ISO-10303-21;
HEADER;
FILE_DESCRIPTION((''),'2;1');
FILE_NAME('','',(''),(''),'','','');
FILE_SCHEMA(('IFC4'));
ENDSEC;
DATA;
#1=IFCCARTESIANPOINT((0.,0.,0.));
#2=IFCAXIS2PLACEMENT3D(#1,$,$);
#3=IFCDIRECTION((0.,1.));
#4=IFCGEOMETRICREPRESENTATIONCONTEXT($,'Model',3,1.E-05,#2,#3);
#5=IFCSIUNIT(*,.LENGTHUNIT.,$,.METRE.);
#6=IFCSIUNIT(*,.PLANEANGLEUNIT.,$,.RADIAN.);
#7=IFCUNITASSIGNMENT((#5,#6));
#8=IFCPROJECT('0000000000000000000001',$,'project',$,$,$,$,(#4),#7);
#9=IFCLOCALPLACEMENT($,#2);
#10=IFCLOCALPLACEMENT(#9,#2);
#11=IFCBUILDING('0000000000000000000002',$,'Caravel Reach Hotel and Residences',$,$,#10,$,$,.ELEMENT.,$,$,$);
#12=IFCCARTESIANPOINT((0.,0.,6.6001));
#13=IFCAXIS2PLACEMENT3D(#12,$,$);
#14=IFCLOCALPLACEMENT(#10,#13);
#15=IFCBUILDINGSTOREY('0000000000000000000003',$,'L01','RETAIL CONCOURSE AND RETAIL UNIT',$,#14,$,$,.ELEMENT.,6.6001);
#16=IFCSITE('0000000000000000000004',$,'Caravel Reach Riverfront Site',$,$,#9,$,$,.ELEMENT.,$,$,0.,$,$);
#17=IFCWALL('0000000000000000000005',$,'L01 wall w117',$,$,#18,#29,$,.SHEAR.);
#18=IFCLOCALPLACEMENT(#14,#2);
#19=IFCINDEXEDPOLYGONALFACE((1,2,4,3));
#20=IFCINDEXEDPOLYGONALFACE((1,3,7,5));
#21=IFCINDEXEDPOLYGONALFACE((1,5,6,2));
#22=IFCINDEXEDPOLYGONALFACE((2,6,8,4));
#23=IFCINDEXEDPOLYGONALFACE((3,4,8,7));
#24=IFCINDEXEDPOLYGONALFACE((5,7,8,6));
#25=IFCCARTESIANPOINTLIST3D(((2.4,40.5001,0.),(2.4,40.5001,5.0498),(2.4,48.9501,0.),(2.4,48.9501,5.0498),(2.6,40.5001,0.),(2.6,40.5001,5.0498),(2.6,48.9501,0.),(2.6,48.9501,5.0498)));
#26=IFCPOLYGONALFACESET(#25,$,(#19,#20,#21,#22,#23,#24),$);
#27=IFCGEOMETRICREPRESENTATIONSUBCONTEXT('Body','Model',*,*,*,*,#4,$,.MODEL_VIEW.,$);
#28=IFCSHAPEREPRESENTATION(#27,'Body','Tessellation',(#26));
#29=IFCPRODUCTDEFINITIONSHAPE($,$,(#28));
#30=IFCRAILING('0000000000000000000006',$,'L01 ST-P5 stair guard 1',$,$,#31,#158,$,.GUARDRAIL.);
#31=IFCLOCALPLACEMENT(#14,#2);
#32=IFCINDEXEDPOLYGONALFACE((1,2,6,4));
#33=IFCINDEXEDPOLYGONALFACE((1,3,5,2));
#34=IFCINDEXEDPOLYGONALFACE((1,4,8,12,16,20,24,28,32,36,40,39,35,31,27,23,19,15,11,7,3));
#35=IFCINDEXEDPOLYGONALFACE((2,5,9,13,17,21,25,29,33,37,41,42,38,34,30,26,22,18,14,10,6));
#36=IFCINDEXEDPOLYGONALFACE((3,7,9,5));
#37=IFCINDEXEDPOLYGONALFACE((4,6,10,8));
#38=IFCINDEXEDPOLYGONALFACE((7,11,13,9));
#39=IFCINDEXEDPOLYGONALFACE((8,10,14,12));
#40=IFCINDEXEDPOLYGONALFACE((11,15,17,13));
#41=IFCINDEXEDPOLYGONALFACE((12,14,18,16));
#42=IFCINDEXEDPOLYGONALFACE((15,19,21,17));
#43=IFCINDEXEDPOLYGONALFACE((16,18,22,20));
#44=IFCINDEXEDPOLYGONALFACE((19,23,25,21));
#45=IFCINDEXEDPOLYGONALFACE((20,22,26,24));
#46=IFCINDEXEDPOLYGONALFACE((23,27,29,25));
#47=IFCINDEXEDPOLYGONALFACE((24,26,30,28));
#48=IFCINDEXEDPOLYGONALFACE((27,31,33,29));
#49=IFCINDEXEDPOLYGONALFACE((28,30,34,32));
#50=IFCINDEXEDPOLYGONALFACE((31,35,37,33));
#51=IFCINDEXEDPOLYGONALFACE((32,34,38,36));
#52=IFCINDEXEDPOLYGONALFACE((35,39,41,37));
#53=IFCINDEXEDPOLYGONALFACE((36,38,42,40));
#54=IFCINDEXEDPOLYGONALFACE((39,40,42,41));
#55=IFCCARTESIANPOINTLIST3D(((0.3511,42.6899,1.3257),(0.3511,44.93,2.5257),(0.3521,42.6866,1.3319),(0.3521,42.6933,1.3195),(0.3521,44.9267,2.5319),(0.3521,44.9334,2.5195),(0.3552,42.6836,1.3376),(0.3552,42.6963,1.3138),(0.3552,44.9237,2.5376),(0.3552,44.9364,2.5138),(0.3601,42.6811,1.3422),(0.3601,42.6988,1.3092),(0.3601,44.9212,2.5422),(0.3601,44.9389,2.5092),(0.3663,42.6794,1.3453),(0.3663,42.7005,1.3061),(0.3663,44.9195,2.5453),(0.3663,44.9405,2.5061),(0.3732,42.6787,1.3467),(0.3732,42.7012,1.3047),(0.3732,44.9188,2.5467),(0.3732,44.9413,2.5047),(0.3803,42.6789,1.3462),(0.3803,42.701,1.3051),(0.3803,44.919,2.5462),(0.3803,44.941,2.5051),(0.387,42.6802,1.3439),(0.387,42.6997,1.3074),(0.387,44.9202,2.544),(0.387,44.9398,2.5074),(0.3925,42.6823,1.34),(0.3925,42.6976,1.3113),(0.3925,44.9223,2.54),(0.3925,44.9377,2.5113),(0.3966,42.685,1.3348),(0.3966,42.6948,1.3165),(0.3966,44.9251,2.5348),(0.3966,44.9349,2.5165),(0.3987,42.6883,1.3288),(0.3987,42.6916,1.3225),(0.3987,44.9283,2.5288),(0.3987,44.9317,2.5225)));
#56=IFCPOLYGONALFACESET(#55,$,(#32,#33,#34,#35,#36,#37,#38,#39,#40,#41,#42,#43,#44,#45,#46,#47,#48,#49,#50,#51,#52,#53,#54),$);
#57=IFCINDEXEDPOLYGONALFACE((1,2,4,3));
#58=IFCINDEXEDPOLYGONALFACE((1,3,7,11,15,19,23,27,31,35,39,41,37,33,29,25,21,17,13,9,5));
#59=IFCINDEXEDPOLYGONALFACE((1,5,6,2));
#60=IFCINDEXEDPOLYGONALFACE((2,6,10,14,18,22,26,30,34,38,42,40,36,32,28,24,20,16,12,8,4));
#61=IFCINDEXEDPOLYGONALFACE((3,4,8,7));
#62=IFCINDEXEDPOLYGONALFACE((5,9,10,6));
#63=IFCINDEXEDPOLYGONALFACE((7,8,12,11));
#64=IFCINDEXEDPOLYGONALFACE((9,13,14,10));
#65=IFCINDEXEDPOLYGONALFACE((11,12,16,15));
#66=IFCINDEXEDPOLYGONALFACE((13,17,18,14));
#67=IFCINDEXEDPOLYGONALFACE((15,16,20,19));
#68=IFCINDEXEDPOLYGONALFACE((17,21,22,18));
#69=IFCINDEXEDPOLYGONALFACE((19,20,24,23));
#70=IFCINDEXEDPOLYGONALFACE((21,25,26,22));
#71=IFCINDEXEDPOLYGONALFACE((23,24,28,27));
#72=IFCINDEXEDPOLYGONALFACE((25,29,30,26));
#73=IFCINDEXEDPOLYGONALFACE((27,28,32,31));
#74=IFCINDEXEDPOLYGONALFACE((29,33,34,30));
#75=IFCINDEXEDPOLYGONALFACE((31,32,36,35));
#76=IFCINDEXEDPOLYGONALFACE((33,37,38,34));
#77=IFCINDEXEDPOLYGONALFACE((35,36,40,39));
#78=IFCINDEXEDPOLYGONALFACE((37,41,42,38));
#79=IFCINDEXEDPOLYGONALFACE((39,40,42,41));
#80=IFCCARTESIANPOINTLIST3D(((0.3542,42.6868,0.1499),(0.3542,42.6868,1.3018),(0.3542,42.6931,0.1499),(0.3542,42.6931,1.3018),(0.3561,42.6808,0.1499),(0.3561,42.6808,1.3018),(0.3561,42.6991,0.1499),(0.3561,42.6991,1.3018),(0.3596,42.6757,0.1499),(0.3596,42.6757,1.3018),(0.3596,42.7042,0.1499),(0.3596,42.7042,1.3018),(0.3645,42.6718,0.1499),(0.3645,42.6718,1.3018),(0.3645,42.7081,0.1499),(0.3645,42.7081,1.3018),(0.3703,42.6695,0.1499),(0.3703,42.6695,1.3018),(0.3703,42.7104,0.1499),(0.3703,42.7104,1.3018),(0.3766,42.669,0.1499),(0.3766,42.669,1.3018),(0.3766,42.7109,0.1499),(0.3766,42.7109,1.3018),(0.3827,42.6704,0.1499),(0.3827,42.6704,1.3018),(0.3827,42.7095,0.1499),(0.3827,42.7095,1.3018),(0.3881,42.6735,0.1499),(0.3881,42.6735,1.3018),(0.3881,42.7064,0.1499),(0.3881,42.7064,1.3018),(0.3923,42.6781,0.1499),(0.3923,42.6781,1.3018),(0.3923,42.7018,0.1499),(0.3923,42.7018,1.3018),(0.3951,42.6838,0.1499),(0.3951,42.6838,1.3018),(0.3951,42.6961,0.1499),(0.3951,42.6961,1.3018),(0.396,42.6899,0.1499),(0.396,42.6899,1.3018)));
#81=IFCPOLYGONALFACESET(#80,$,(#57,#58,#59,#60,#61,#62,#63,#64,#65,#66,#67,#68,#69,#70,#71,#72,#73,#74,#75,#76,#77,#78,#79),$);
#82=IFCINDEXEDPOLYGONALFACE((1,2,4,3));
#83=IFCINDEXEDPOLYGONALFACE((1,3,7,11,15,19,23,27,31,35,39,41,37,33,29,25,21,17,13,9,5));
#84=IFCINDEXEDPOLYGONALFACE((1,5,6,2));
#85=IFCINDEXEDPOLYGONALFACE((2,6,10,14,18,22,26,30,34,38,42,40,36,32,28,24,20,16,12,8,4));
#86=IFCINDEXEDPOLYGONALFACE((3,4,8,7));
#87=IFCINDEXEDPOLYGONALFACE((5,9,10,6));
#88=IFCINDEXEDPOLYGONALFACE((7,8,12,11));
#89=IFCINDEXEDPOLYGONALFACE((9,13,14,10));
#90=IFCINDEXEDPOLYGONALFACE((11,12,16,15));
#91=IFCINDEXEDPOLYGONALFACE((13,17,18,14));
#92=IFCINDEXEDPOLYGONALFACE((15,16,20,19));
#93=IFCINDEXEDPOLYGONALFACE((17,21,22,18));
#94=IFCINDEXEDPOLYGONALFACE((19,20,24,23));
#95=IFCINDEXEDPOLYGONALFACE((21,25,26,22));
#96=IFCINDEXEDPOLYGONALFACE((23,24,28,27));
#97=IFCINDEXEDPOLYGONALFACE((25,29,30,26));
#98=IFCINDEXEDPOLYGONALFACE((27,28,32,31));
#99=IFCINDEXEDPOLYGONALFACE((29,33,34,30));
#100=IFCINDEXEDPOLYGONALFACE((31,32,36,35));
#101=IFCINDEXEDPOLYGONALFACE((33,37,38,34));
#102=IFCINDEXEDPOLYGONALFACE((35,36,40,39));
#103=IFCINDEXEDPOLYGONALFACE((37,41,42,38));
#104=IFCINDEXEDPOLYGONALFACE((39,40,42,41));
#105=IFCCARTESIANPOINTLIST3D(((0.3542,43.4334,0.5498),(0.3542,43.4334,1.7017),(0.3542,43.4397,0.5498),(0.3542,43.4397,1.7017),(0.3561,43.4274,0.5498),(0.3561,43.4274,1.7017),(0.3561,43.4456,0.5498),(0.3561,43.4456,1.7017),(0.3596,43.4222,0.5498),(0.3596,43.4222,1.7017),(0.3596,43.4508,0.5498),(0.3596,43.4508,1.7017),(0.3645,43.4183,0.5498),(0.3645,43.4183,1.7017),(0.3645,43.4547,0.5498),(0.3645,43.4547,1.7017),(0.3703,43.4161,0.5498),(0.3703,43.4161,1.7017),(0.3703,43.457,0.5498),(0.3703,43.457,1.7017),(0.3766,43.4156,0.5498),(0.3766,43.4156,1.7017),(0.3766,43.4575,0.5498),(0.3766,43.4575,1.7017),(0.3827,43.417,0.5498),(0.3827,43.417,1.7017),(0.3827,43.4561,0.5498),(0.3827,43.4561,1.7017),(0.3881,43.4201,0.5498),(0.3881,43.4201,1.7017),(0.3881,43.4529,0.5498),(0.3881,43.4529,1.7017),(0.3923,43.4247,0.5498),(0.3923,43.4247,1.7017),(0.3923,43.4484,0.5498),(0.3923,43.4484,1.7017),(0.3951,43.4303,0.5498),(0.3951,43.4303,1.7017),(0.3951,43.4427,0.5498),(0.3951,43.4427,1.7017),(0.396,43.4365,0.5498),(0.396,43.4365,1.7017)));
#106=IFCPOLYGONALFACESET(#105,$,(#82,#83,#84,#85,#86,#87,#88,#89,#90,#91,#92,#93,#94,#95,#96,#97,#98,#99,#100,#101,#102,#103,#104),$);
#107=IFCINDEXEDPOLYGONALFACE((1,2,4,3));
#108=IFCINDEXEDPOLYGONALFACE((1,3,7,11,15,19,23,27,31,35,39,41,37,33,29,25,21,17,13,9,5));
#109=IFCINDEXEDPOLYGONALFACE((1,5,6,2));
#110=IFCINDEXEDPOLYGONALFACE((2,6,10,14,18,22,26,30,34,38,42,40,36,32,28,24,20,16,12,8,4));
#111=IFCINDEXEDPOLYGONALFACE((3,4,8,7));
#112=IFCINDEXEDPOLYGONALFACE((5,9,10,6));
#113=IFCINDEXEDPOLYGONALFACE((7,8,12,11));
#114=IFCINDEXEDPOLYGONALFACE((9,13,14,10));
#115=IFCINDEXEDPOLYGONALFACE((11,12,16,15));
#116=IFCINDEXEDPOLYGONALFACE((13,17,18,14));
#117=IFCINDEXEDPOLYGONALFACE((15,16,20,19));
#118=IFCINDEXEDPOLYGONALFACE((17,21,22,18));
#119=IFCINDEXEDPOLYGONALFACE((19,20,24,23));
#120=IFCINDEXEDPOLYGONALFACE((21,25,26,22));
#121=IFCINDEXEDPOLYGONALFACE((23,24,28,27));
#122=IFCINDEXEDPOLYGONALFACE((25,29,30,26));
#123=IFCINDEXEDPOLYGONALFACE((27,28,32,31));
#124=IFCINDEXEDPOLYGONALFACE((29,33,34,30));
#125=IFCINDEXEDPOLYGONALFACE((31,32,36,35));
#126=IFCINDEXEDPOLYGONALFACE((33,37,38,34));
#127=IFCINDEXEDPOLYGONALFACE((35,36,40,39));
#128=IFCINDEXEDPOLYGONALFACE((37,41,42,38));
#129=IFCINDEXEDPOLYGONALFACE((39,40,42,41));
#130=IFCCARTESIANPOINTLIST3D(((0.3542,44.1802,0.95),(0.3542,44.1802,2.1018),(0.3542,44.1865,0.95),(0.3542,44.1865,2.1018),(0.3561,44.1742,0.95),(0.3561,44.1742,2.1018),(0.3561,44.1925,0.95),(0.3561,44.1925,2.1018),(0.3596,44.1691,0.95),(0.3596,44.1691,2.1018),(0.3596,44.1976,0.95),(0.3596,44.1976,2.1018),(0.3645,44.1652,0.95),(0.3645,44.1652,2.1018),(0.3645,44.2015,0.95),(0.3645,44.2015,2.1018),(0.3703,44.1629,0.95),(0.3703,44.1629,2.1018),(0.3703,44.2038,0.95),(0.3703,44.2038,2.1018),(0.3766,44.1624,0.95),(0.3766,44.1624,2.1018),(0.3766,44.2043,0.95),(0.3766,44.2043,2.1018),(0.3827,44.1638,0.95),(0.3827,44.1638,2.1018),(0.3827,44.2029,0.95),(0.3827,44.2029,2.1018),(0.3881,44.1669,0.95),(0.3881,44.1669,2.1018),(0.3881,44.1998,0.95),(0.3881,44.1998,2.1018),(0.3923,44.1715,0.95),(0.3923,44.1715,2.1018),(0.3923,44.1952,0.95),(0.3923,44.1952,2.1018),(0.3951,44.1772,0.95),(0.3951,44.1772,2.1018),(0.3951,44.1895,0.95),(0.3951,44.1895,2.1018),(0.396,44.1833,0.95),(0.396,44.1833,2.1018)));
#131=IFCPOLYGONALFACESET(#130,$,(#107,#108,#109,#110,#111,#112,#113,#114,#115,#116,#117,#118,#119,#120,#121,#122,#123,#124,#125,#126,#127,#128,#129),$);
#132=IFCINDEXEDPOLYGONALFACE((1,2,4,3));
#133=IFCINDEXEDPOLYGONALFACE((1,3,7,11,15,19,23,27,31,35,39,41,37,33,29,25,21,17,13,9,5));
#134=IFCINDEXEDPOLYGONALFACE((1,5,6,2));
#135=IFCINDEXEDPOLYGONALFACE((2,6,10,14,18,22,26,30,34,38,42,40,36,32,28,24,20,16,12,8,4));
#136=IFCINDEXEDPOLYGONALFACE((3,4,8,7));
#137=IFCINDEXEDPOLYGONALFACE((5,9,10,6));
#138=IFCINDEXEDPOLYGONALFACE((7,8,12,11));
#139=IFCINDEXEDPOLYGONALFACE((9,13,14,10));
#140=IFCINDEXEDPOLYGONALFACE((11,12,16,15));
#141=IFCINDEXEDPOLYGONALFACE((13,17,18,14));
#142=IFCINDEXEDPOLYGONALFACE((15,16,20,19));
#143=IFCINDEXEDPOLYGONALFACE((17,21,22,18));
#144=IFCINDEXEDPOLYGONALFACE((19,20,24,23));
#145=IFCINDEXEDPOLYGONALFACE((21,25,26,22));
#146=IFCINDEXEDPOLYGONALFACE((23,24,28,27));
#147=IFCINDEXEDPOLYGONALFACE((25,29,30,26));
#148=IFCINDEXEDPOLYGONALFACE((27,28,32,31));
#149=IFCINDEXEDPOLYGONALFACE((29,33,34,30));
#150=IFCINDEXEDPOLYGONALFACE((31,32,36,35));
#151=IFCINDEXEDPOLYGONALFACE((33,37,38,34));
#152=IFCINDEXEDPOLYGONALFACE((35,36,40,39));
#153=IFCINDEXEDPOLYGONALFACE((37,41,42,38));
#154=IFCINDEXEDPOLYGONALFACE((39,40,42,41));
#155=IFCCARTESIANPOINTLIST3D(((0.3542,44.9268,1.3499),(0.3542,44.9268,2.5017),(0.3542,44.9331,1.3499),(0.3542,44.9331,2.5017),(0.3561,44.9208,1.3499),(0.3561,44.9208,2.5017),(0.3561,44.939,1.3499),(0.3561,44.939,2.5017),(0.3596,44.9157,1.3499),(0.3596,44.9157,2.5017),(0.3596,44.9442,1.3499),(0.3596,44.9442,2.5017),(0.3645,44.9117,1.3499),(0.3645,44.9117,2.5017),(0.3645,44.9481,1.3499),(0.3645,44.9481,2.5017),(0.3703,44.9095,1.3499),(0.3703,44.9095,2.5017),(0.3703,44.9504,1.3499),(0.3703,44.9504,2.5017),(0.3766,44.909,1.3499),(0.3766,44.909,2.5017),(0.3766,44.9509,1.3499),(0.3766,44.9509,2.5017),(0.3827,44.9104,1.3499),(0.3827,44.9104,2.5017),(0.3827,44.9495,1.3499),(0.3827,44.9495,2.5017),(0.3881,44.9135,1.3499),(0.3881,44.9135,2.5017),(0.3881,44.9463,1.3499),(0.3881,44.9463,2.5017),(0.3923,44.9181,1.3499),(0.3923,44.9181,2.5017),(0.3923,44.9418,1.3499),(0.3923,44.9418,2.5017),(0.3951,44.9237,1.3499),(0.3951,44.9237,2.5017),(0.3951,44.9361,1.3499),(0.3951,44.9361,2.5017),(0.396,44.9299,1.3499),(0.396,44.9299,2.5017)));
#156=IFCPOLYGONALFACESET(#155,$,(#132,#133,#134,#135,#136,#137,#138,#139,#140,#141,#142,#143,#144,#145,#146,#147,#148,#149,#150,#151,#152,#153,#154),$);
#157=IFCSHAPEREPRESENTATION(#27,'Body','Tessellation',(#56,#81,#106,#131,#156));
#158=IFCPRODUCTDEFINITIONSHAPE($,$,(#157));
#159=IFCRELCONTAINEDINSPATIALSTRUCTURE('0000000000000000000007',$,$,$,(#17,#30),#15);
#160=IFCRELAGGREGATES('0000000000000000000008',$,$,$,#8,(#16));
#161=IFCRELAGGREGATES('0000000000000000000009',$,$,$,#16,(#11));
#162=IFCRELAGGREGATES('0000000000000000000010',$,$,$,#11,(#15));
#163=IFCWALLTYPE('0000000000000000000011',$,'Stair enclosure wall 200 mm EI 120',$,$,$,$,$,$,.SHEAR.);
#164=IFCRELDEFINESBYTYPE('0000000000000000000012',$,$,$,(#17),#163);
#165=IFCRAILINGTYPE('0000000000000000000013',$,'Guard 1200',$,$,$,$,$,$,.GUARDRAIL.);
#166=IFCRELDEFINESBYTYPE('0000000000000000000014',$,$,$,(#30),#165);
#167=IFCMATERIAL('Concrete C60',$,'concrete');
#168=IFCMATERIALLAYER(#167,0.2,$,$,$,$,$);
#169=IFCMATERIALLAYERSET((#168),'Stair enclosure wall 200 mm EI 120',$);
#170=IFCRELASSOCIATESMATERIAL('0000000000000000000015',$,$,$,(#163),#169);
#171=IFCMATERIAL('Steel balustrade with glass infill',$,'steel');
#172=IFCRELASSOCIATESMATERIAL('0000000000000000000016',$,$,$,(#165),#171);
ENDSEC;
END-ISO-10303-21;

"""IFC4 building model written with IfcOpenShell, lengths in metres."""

from ifc_helpers import new_model, si_unit, direction, frame, frame_2d, origin, origin_2d, place, context, subcontext, project, spatial, rectangle, circle, extrude, material, layer, layer_set, type_object, element, save


model = new_model("IFC4")

# Units and contexts
model_context = context("Model", 3, precision=1e-05, world=origin(), true_north=direction((0.0, 1.0)))
body_context = subcontext(model_context, "Body", "Model", "MODEL_VIEW")
ifc_project = project(units=[si_unit("LENGTHUNIT", "METRE"), si_unit("PLANEANGLEUNIT", "RADIAN")], contexts=[model_context])

# Site, building, storey
site_placement = place(None, origin())
site = spatial("IfcSite", under=ifc_project, at=site_placement, Name="Caravel Reach Riverfront Site", CompositionType="ELEMENT", RefElevation=0.0)
building_placement = place(site_placement, origin())
building = spatial("IfcBuilding", under=site, at=building_placement, Name="Caravel Reach Hotel and Residences", CompositionType="ELEMENT")
storey_placement = place(building_placement, frame((0.0, 0.0, 6.6001)))
storey = spatial("IfcBuildingStorey", under=building, at=storey_placement, Name="L01", Description="RETAIL CONCOURSE AND RETAIL UNIT", CompositionType="ELEMENT", Elevation=6.6001)

# Wall
ifc_material_1 = material(Name="Concrete C60", Category="concrete")
ifc_layer_1 = layer(ifc_material_1, 0.2)
ifc_layer_set_1 = layer_set([ifc_layer_1], Name="Stair enclosure wall 200 mm EI 120")
wall_type_1 = type_object("IfcWallType", Name="Stair enclosure wall 200 mm EI 120", PredefinedType="SHEAR", material=ifc_layer_set_1)
for number, where, z_axis, x_axis, name in (
    (1, (2.5, 40.5, 0.0), (0.0, 0.0, 1.0), (0.0, 1.0, 0.0), "L01 wall w117"),
):
    element("IfcWall", number, at=place(storey_placement, frame(where, z_axis=z_axis, x_axis=x_axis)), inside=storey, type_object=wall_type_1, Name=name, PredefinedType="SHEAR", context=body_context, shape_type="SweptSolid", body=[
        extrude(rectangle(XDim=8.45, YDim=0.2, at=frame_2d((4.2251, 0.0))), origin(), (0.0, 0.0, 1.0), 5.0498),
    ])

# Railing
ifc_material_2 = material(Name="Steel balustrade with glass infill", Category="steel")
railing_type_1 = type_object("IfcRailingType", Name="Guard 1200", PredefinedType="GUARDRAIL", material=ifc_material_2)
railing_1_placement = place(storey_placement, frame((0.375, 42.6899, 0.1499)))
element("IfcRailing", 2, at=railing_1_placement, inside=storey, type_object=railing_type_1, Name="L01 ST-P5 stair guard 1", PredefinedType="GUARDRAIL", context=body_context, shape_type="SweptSolid", body=[
    extrude(circle(Radius=0.0239, at=origin_2d()), frame((0.0, 0.0, 1.1758), z_axis=(0.0, 0.881487, 0.472208), x_axis=(-1.0, 0.0, 0.0)), (0.0, 0.0, 1.0), 2.5413),
    extrude(circle(Radius=0.021, at=origin_2d()), origin(), (0.0, 0.0, 1.0), 1.1519),
    extrude(circle(Radius=0.021, at=origin_2d()), frame((0.0, 0.7466, 0.3999)), (0.0, 0.0, 1.0), 1.1519),
    extrude(circle(Radius=0.021, at=origin_2d()), frame((0.0, 1.4934, 0.8)), (0.0, 0.0, 1.0), 1.1519),
    extrude(circle(Radius=0.021, at=origin_2d()), frame((0.0, 2.24, 1.2)), (0.0, 0.0, 1.0), 1.1519),
])

save(model, "model.ifc")
